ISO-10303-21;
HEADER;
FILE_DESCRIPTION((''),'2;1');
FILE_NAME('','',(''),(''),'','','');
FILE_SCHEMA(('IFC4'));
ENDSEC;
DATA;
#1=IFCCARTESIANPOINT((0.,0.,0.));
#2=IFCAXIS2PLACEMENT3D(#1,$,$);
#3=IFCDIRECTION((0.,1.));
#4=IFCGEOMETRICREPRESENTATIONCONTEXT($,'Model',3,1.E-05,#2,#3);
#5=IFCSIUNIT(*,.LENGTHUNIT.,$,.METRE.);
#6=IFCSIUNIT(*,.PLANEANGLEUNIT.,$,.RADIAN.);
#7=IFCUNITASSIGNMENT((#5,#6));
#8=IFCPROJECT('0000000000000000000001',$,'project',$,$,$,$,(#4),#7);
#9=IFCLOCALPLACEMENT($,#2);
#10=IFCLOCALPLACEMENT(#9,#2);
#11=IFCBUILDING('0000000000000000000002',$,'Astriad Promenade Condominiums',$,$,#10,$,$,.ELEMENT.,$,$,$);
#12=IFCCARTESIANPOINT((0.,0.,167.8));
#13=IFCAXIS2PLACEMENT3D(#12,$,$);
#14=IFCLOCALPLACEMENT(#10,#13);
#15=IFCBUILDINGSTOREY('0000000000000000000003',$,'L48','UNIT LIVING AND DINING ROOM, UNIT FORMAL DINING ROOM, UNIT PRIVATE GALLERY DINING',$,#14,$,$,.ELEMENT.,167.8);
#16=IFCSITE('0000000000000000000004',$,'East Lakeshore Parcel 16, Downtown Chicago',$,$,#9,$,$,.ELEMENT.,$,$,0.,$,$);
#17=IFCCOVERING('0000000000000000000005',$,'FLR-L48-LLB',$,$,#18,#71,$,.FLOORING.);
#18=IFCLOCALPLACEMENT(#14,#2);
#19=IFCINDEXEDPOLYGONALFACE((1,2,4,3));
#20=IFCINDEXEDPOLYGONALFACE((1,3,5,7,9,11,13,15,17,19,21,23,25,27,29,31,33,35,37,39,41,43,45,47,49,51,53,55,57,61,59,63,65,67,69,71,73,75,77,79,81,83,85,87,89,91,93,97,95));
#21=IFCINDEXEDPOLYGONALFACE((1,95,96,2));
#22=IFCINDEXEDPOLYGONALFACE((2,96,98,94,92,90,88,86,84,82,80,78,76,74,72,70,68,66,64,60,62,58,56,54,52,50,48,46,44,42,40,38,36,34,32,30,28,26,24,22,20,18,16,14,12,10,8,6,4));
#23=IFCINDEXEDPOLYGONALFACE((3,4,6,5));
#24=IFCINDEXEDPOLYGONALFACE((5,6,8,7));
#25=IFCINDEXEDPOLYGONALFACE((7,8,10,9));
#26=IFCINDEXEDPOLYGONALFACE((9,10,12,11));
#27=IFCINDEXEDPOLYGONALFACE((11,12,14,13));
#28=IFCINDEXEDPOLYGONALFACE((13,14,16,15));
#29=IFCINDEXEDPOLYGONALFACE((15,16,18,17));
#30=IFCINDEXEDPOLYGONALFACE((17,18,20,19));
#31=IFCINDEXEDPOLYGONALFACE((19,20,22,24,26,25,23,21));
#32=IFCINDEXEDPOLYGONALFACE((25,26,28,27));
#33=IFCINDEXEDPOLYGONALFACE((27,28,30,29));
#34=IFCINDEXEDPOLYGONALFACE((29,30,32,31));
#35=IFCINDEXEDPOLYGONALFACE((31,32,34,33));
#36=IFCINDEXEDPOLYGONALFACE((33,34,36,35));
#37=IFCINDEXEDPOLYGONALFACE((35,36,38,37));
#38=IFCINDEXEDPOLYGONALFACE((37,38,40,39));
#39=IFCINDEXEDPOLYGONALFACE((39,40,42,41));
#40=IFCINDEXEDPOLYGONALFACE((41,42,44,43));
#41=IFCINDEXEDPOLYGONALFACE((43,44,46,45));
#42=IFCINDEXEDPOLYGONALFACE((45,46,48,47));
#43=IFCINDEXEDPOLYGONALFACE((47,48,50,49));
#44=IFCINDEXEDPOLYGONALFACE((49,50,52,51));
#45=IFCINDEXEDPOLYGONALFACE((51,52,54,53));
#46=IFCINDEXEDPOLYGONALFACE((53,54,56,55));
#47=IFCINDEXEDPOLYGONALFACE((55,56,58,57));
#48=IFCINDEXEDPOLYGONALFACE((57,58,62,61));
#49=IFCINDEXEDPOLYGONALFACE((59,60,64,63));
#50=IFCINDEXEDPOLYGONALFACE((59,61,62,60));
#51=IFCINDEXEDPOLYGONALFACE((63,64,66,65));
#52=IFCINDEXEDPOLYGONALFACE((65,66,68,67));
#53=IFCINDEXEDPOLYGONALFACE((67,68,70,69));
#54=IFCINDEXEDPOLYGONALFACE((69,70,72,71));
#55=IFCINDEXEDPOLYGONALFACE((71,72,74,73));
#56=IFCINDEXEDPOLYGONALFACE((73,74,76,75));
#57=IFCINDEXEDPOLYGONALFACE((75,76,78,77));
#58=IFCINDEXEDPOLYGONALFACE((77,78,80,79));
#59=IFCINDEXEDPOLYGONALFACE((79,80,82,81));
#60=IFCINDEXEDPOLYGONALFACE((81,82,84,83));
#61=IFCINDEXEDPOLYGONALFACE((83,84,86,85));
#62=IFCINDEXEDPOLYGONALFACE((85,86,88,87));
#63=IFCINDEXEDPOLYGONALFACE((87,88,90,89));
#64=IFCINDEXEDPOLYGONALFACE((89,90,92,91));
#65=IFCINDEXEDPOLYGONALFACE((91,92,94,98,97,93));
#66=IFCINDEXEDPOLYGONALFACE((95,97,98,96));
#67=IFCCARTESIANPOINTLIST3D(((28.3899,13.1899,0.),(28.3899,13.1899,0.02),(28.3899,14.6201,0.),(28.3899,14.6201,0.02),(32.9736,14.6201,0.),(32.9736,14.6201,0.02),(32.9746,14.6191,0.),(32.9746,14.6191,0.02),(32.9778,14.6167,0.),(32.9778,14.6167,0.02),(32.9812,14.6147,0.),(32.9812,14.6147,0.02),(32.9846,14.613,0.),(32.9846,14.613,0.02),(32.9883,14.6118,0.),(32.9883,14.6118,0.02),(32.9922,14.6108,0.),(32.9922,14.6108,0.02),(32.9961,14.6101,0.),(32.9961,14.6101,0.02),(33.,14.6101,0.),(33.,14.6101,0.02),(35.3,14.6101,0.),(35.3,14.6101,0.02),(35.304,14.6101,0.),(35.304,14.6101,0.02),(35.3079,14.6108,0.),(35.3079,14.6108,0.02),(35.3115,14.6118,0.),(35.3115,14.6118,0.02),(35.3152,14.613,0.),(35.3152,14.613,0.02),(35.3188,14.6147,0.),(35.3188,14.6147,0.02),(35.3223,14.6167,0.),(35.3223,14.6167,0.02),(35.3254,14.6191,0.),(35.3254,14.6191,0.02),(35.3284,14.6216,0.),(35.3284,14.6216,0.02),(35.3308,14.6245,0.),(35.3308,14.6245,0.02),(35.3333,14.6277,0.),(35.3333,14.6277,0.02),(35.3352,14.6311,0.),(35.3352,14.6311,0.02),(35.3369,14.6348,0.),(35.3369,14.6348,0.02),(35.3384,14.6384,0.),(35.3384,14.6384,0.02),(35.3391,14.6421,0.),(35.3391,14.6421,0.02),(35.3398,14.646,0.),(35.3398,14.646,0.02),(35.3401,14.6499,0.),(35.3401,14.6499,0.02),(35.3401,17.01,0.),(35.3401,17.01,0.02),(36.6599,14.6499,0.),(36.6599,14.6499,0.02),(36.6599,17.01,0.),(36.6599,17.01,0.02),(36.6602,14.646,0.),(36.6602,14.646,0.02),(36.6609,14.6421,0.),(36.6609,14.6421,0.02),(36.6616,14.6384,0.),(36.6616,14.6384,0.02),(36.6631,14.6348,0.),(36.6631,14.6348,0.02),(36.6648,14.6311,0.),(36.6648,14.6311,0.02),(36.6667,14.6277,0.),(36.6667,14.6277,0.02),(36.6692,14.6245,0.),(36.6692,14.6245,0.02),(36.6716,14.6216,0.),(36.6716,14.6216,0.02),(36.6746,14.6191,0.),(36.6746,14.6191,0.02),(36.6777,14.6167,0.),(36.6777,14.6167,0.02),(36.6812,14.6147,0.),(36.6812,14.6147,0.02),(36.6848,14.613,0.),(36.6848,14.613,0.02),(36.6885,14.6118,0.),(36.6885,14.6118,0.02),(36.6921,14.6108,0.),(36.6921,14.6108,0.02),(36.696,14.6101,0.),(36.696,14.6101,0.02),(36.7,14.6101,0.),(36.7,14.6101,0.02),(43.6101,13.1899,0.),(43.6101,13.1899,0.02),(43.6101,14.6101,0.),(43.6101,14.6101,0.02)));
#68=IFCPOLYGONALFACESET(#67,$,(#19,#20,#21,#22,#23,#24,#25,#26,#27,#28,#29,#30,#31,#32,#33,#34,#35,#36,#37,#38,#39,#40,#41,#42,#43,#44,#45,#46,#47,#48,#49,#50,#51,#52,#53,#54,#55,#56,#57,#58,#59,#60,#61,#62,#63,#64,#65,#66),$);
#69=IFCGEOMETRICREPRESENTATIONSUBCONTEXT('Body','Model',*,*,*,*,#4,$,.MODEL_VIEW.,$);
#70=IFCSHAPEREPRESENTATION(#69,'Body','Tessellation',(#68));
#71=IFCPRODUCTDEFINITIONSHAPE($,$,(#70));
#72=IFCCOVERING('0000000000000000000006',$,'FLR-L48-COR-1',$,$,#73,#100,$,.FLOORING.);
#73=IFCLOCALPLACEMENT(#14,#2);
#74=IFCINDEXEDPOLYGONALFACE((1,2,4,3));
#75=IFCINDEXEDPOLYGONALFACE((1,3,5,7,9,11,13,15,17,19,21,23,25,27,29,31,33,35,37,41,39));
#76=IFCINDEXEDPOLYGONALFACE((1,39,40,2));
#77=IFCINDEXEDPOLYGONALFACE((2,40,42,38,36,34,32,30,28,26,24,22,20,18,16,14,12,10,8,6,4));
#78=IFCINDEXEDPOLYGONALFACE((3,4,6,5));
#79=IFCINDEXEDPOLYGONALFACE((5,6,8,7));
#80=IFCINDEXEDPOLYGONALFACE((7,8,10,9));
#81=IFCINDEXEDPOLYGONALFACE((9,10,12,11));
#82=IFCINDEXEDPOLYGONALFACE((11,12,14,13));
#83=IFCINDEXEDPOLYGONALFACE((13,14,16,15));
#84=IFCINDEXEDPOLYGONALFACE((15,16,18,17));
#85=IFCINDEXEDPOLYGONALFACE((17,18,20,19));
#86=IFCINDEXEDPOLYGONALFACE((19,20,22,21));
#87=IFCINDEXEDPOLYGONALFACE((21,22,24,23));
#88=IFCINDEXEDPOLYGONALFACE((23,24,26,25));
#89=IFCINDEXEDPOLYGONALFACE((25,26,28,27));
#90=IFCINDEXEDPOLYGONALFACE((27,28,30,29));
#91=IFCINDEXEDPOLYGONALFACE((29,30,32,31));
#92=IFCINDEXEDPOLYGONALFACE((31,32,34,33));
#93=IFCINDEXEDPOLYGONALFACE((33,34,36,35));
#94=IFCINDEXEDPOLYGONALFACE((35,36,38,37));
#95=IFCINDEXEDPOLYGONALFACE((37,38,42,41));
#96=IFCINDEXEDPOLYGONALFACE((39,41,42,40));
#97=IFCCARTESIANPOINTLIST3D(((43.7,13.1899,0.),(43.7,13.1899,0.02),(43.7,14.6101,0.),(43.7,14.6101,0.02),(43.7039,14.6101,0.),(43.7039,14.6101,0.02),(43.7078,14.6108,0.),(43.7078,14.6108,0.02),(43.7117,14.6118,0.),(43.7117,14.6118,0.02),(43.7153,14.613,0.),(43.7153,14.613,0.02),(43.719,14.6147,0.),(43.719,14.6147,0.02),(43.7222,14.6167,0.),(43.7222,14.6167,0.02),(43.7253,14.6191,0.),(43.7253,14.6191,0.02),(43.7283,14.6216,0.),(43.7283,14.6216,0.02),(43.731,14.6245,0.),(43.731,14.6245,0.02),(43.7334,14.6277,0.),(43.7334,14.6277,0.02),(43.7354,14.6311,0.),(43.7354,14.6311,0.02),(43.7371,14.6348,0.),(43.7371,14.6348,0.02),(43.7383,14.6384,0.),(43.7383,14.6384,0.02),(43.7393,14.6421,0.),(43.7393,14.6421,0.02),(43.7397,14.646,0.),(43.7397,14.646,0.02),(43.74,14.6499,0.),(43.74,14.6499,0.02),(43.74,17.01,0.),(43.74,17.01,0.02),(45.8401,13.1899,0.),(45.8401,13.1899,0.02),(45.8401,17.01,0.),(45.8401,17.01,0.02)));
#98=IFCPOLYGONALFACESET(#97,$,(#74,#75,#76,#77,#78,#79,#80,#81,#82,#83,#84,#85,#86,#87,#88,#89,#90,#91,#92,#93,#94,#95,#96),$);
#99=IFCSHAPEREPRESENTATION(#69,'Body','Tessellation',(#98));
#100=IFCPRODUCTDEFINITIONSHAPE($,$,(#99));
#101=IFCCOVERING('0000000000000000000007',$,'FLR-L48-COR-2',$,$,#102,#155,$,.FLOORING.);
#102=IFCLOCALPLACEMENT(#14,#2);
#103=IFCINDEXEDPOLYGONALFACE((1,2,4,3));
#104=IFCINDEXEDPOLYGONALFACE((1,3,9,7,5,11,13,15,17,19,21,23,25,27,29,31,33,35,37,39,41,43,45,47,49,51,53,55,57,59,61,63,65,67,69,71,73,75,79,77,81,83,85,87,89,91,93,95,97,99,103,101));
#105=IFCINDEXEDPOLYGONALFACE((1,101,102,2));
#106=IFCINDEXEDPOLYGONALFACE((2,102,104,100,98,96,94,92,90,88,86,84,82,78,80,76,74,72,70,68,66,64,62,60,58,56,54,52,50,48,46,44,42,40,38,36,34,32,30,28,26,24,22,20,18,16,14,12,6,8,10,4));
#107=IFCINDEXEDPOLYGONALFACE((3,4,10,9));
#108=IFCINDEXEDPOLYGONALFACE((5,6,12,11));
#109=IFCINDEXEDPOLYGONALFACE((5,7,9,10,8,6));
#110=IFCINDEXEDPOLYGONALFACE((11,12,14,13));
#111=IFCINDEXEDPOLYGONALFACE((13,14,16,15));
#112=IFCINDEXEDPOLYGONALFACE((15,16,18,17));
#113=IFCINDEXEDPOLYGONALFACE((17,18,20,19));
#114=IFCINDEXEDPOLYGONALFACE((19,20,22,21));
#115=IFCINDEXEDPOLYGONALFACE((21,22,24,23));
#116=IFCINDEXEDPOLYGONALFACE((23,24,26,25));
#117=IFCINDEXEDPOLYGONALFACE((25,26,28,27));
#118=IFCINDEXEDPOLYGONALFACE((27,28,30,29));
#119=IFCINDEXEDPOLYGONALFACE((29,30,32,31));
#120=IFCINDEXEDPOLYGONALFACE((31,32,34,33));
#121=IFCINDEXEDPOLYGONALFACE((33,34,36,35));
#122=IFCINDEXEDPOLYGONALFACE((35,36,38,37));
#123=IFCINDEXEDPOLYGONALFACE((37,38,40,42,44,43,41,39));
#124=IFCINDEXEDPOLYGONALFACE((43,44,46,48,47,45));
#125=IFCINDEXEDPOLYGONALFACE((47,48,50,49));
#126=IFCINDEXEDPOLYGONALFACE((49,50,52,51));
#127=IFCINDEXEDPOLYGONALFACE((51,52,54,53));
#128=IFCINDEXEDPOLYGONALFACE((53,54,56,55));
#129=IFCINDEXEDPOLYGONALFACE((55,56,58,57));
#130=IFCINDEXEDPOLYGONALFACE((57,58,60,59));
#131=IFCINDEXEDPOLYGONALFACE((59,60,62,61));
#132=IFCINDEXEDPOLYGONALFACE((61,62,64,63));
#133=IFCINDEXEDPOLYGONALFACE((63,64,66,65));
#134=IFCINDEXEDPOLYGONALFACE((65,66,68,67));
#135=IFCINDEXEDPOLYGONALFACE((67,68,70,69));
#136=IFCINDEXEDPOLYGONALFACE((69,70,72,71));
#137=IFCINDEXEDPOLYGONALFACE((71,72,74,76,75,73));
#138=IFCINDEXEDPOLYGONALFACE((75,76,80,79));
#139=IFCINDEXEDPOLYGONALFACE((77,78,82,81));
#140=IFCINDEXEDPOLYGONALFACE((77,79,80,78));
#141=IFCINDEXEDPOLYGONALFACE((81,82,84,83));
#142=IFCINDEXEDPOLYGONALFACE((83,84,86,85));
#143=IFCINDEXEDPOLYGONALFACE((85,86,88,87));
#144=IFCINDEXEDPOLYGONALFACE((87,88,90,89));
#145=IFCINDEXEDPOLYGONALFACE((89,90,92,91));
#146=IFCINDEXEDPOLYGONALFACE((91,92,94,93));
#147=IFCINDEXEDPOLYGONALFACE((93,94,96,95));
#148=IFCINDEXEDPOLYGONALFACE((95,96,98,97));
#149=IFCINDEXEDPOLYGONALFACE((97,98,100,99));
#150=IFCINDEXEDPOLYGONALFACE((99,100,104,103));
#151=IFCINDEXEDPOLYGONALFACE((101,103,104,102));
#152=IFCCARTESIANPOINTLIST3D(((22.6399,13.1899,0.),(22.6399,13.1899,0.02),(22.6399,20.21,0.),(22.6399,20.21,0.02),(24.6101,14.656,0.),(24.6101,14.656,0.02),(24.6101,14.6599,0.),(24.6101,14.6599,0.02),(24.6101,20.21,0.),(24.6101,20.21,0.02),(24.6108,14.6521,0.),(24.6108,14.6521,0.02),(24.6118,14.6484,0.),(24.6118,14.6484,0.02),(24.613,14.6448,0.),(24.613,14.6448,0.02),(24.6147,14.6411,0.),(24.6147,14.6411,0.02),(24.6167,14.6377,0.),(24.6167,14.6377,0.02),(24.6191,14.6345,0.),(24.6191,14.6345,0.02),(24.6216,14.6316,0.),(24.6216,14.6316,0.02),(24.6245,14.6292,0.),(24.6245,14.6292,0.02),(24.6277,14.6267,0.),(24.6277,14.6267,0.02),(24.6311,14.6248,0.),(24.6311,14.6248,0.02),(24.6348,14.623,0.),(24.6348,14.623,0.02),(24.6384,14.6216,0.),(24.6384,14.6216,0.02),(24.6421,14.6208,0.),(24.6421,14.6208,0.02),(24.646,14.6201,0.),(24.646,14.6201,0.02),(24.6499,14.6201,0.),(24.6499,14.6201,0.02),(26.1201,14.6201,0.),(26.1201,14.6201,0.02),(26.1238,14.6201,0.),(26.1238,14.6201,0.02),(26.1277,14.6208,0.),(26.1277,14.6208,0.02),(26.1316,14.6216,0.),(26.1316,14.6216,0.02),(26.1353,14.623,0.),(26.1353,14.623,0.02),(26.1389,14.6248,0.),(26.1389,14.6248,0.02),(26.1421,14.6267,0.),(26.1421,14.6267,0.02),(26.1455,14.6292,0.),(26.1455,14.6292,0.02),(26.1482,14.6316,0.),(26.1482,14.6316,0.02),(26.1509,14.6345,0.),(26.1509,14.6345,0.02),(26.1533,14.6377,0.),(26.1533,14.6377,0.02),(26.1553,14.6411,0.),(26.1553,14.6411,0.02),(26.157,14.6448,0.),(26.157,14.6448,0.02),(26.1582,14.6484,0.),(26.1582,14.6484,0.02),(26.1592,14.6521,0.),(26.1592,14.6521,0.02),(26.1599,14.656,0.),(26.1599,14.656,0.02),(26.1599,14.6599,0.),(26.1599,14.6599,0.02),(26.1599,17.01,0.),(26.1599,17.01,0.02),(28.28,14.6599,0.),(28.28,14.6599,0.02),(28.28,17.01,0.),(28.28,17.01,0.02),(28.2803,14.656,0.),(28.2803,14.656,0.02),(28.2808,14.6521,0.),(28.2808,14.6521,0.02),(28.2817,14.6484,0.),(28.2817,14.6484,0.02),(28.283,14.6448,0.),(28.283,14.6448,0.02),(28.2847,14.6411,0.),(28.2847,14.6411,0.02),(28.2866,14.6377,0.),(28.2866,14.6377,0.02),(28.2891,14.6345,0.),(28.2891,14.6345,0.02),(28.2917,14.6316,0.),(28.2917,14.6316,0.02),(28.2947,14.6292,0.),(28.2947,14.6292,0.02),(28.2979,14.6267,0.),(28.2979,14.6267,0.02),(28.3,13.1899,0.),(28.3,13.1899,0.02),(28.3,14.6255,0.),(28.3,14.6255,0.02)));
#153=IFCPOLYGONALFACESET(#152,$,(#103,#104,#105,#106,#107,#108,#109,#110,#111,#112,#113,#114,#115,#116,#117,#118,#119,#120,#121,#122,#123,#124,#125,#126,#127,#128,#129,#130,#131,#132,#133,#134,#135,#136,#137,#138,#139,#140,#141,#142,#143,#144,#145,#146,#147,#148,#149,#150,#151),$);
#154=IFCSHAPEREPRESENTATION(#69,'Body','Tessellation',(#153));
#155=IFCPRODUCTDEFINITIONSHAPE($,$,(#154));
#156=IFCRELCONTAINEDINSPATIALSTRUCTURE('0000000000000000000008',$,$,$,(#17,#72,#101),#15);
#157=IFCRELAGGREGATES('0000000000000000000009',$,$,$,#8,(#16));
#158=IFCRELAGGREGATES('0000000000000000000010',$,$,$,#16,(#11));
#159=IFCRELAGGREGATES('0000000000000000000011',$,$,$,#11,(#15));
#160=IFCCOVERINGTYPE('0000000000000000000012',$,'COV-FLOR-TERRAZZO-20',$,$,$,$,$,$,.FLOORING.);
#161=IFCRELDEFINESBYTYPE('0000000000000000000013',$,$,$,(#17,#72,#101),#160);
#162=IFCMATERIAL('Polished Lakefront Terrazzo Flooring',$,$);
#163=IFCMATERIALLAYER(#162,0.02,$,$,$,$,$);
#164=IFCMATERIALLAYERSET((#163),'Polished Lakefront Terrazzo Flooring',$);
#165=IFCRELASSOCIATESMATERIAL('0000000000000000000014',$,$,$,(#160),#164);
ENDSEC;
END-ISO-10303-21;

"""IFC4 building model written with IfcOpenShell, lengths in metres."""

from ifc_helpers import new_model, si_unit, direction, frame, origin, place, context, subcontext, project, spatial, polyline, outline, extrude, material, layer, layer_set, type_object, element, save


model = new_model("IFC4")

# Units and contexts
model_context = context("Model", 3, precision=1e-05, world=origin(), true_north=direction((0.0, 1.0)))
body_context = subcontext(model_context, "Body", "Model", "MODEL_VIEW")
ifc_project = project(units=[si_unit("LENGTHUNIT", "METRE"), si_unit("PLANEANGLEUNIT", "RADIAN")], contexts=[model_context])

# Site, building, storey
site_placement = place(None, origin())
site = spatial("IfcSite", under=ifc_project, at=site_placement, Name="East Lakeshore Parcel 16, Downtown Chicago", CompositionType="ELEMENT", RefElevation=0.0)
building_placement = place(site_placement, origin())
building = spatial("IfcBuilding", under=site, at=building_placement, Name="Astriad Promenade Condominiums", CompositionType="ELEMENT")
storey_placement = place(building_placement, frame((0.0, 0.0, 167.8)))
storey = spatial("IfcBuildingStorey", under=building, at=storey_placement, Name="L48", Description="UNIT LIVING AND DINING ROOM, UNIT FORMAL DINING ROOM, UNIT PRIVATE GALLERY DINING", CompositionType="ELEMENT", Elevation=167.8)

# Coverings
ifc_material_1 = material(Name="Polished Lakefront Terrazzo Flooring")
ifc_layer_1 = layer(ifc_material_1, 0.02)
ifc_layer_set_1 = layer_set([ifc_layer_1], Name="Polished Lakefront Terrazzo Flooring")
covering_type_1 = type_object("IfcCoveringType", Name="COV-FLOR-TERRAZZO-20", PredefinedType="FLOORING", material=ifc_layer_set_1)
covering_1_placement = place(storey_placement, origin())
element("IfcCovering", 1, at=covering_1_placement, inside=storey, type_object=covering_type_1, Name="FLR-L48-LLB", PredefinedType="FLOORING", context=body_context, shape_type="SweptSolid", body=[
    extrude(outline(polyline([(32.9736, 14.6201), (32.9746, 14.6191), (32.9778, 14.6167), (32.9812, 14.6147), (32.9846, 14.613), (32.9883, 14.6118), (32.9922, 14.6108), (32.9961, 14.6101), (33.0, 14.6101), (35.3, 14.6101), (35.304, 14.6101), (35.3079, 14.6108), (35.3115, 14.6118), (35.3152, 14.613), (35.3188, 14.6147), (35.3223, 14.6167), (35.3254, 14.6191), (35.3284, 14.6216), (35.3308, 14.6245), (35.3333, 14.6277), (35.3352, 14.6311), (35.3369, 14.6348), (35.3384, 14.6384), (35.3391, 14.6421), (35.3398, 14.646), (35.3401, 14.6499), (35.3401, 17.01), (36.6599, 17.01), (36.6599, 14.6499), (36.6602, 14.646), (36.6609, 14.6421), (36.6616, 14.6384), (36.6631, 14.6348), (36.6648, 14.6311), (36.6667, 14.6277), (36.6692, 14.6245), (36.6716, 14.6216), (36.6746, 14.6191), (36.6777, 14.6167), (36.6812, 14.6147), (36.6848, 14.613), (36.6885, 14.6118), (36.6921, 14.6108), (36.696, 14.6101), (36.7, 14.6101), (43.6101, 14.6101), (43.6101, 13.1899), (28.3899, 13.1899), (28.3899, 14.6201), (32.9736, 14.6201)])), origin(), (0.0, 0.0, 1.0), 0.02),
])
covering_2_placement = place(storey_placement, origin())
element("IfcCovering", 2, at=covering_2_placement, inside=storey, type_object=covering_type_1, Name="FLR-L48-COR-1", PredefinedType="FLOORING", context=body_context, shape_type="SweptSolid", body=[
    extrude(outline(polyline([(43.7, 13.1899), (43.7, 14.6101), (43.7039, 14.6101), (43.7078, 14.6108), (43.7117, 14.6118), (43.7153, 14.613), (43.719, 14.6147), (43.7222, 14.6167), (43.7253, 14.6191), (43.7283, 14.6216), (43.731, 14.6245), (43.7334, 14.6277), (43.7354, 14.6311), (43.7371, 14.6348), (43.7383, 14.6384), (43.7393, 14.6421), (43.7397, 14.646), (43.74, 14.6499), (43.74, 17.01), (45.8401, 17.01), (45.8401, 13.1899), (43.7, 13.1899)])), origin(), (0.0, 0.0, 1.0), 0.02),
])
covering_3_placement = place(storey_placement, origin())
element("IfcCovering", 3, at=covering_3_placement, inside=storey, type_object=covering_type_1, Name="FLR-L48-COR-2", PredefinedType="FLOORING", context=body_context, shape_type="SweptSolid", body=[
    extrude(outline(polyline([(28.3, 13.1899), (22.6399, 13.1899), (22.6399, 20.21), (24.6101, 20.21), (24.6101, 14.6599), (24.6101, 14.656), (24.6108, 14.6521), (24.6118, 14.6484), (24.613, 14.6448), (24.6147, 14.6411), (24.6167, 14.6377), (24.6191, 14.6345), (24.6216, 14.6316), (24.6245, 14.6292), (24.6277, 14.6267), (24.6311, 14.6248), (24.6348, 14.623), (24.6384, 14.6216), (24.6421, 14.6208), (24.646, 14.6201), (24.6499, 14.6201), (26.1201, 14.6201), (26.1238, 14.6201), (26.1277, 14.6208), (26.1316, 14.6216), (26.1353, 14.623), (26.1389, 14.6248), (26.1421, 14.6267), (26.1455, 14.6292), (26.1482, 14.6316), (26.1509, 14.6345), (26.1533, 14.6377), (26.1553, 14.6411), (26.157, 14.6448), (26.1582, 14.6484), (26.1592, 14.6521), (26.1599, 14.656), (26.1599, 14.6599), (26.1599, 17.01), (28.28, 17.01), (28.28, 14.6599), (28.2803, 14.656), (28.2808, 14.6521), (28.2817, 14.6484), (28.283, 14.6448), (28.2847, 14.6411), (28.2866, 14.6377), (28.2891, 14.6345), (28.2917, 14.6316), (28.2947, 14.6292), (28.2979, 14.6267), (28.3, 14.6255), (28.3, 13.1899)])), origin(), (0.0, 0.0, 1.0), 0.02),
])

save(model, "model.ifc")
